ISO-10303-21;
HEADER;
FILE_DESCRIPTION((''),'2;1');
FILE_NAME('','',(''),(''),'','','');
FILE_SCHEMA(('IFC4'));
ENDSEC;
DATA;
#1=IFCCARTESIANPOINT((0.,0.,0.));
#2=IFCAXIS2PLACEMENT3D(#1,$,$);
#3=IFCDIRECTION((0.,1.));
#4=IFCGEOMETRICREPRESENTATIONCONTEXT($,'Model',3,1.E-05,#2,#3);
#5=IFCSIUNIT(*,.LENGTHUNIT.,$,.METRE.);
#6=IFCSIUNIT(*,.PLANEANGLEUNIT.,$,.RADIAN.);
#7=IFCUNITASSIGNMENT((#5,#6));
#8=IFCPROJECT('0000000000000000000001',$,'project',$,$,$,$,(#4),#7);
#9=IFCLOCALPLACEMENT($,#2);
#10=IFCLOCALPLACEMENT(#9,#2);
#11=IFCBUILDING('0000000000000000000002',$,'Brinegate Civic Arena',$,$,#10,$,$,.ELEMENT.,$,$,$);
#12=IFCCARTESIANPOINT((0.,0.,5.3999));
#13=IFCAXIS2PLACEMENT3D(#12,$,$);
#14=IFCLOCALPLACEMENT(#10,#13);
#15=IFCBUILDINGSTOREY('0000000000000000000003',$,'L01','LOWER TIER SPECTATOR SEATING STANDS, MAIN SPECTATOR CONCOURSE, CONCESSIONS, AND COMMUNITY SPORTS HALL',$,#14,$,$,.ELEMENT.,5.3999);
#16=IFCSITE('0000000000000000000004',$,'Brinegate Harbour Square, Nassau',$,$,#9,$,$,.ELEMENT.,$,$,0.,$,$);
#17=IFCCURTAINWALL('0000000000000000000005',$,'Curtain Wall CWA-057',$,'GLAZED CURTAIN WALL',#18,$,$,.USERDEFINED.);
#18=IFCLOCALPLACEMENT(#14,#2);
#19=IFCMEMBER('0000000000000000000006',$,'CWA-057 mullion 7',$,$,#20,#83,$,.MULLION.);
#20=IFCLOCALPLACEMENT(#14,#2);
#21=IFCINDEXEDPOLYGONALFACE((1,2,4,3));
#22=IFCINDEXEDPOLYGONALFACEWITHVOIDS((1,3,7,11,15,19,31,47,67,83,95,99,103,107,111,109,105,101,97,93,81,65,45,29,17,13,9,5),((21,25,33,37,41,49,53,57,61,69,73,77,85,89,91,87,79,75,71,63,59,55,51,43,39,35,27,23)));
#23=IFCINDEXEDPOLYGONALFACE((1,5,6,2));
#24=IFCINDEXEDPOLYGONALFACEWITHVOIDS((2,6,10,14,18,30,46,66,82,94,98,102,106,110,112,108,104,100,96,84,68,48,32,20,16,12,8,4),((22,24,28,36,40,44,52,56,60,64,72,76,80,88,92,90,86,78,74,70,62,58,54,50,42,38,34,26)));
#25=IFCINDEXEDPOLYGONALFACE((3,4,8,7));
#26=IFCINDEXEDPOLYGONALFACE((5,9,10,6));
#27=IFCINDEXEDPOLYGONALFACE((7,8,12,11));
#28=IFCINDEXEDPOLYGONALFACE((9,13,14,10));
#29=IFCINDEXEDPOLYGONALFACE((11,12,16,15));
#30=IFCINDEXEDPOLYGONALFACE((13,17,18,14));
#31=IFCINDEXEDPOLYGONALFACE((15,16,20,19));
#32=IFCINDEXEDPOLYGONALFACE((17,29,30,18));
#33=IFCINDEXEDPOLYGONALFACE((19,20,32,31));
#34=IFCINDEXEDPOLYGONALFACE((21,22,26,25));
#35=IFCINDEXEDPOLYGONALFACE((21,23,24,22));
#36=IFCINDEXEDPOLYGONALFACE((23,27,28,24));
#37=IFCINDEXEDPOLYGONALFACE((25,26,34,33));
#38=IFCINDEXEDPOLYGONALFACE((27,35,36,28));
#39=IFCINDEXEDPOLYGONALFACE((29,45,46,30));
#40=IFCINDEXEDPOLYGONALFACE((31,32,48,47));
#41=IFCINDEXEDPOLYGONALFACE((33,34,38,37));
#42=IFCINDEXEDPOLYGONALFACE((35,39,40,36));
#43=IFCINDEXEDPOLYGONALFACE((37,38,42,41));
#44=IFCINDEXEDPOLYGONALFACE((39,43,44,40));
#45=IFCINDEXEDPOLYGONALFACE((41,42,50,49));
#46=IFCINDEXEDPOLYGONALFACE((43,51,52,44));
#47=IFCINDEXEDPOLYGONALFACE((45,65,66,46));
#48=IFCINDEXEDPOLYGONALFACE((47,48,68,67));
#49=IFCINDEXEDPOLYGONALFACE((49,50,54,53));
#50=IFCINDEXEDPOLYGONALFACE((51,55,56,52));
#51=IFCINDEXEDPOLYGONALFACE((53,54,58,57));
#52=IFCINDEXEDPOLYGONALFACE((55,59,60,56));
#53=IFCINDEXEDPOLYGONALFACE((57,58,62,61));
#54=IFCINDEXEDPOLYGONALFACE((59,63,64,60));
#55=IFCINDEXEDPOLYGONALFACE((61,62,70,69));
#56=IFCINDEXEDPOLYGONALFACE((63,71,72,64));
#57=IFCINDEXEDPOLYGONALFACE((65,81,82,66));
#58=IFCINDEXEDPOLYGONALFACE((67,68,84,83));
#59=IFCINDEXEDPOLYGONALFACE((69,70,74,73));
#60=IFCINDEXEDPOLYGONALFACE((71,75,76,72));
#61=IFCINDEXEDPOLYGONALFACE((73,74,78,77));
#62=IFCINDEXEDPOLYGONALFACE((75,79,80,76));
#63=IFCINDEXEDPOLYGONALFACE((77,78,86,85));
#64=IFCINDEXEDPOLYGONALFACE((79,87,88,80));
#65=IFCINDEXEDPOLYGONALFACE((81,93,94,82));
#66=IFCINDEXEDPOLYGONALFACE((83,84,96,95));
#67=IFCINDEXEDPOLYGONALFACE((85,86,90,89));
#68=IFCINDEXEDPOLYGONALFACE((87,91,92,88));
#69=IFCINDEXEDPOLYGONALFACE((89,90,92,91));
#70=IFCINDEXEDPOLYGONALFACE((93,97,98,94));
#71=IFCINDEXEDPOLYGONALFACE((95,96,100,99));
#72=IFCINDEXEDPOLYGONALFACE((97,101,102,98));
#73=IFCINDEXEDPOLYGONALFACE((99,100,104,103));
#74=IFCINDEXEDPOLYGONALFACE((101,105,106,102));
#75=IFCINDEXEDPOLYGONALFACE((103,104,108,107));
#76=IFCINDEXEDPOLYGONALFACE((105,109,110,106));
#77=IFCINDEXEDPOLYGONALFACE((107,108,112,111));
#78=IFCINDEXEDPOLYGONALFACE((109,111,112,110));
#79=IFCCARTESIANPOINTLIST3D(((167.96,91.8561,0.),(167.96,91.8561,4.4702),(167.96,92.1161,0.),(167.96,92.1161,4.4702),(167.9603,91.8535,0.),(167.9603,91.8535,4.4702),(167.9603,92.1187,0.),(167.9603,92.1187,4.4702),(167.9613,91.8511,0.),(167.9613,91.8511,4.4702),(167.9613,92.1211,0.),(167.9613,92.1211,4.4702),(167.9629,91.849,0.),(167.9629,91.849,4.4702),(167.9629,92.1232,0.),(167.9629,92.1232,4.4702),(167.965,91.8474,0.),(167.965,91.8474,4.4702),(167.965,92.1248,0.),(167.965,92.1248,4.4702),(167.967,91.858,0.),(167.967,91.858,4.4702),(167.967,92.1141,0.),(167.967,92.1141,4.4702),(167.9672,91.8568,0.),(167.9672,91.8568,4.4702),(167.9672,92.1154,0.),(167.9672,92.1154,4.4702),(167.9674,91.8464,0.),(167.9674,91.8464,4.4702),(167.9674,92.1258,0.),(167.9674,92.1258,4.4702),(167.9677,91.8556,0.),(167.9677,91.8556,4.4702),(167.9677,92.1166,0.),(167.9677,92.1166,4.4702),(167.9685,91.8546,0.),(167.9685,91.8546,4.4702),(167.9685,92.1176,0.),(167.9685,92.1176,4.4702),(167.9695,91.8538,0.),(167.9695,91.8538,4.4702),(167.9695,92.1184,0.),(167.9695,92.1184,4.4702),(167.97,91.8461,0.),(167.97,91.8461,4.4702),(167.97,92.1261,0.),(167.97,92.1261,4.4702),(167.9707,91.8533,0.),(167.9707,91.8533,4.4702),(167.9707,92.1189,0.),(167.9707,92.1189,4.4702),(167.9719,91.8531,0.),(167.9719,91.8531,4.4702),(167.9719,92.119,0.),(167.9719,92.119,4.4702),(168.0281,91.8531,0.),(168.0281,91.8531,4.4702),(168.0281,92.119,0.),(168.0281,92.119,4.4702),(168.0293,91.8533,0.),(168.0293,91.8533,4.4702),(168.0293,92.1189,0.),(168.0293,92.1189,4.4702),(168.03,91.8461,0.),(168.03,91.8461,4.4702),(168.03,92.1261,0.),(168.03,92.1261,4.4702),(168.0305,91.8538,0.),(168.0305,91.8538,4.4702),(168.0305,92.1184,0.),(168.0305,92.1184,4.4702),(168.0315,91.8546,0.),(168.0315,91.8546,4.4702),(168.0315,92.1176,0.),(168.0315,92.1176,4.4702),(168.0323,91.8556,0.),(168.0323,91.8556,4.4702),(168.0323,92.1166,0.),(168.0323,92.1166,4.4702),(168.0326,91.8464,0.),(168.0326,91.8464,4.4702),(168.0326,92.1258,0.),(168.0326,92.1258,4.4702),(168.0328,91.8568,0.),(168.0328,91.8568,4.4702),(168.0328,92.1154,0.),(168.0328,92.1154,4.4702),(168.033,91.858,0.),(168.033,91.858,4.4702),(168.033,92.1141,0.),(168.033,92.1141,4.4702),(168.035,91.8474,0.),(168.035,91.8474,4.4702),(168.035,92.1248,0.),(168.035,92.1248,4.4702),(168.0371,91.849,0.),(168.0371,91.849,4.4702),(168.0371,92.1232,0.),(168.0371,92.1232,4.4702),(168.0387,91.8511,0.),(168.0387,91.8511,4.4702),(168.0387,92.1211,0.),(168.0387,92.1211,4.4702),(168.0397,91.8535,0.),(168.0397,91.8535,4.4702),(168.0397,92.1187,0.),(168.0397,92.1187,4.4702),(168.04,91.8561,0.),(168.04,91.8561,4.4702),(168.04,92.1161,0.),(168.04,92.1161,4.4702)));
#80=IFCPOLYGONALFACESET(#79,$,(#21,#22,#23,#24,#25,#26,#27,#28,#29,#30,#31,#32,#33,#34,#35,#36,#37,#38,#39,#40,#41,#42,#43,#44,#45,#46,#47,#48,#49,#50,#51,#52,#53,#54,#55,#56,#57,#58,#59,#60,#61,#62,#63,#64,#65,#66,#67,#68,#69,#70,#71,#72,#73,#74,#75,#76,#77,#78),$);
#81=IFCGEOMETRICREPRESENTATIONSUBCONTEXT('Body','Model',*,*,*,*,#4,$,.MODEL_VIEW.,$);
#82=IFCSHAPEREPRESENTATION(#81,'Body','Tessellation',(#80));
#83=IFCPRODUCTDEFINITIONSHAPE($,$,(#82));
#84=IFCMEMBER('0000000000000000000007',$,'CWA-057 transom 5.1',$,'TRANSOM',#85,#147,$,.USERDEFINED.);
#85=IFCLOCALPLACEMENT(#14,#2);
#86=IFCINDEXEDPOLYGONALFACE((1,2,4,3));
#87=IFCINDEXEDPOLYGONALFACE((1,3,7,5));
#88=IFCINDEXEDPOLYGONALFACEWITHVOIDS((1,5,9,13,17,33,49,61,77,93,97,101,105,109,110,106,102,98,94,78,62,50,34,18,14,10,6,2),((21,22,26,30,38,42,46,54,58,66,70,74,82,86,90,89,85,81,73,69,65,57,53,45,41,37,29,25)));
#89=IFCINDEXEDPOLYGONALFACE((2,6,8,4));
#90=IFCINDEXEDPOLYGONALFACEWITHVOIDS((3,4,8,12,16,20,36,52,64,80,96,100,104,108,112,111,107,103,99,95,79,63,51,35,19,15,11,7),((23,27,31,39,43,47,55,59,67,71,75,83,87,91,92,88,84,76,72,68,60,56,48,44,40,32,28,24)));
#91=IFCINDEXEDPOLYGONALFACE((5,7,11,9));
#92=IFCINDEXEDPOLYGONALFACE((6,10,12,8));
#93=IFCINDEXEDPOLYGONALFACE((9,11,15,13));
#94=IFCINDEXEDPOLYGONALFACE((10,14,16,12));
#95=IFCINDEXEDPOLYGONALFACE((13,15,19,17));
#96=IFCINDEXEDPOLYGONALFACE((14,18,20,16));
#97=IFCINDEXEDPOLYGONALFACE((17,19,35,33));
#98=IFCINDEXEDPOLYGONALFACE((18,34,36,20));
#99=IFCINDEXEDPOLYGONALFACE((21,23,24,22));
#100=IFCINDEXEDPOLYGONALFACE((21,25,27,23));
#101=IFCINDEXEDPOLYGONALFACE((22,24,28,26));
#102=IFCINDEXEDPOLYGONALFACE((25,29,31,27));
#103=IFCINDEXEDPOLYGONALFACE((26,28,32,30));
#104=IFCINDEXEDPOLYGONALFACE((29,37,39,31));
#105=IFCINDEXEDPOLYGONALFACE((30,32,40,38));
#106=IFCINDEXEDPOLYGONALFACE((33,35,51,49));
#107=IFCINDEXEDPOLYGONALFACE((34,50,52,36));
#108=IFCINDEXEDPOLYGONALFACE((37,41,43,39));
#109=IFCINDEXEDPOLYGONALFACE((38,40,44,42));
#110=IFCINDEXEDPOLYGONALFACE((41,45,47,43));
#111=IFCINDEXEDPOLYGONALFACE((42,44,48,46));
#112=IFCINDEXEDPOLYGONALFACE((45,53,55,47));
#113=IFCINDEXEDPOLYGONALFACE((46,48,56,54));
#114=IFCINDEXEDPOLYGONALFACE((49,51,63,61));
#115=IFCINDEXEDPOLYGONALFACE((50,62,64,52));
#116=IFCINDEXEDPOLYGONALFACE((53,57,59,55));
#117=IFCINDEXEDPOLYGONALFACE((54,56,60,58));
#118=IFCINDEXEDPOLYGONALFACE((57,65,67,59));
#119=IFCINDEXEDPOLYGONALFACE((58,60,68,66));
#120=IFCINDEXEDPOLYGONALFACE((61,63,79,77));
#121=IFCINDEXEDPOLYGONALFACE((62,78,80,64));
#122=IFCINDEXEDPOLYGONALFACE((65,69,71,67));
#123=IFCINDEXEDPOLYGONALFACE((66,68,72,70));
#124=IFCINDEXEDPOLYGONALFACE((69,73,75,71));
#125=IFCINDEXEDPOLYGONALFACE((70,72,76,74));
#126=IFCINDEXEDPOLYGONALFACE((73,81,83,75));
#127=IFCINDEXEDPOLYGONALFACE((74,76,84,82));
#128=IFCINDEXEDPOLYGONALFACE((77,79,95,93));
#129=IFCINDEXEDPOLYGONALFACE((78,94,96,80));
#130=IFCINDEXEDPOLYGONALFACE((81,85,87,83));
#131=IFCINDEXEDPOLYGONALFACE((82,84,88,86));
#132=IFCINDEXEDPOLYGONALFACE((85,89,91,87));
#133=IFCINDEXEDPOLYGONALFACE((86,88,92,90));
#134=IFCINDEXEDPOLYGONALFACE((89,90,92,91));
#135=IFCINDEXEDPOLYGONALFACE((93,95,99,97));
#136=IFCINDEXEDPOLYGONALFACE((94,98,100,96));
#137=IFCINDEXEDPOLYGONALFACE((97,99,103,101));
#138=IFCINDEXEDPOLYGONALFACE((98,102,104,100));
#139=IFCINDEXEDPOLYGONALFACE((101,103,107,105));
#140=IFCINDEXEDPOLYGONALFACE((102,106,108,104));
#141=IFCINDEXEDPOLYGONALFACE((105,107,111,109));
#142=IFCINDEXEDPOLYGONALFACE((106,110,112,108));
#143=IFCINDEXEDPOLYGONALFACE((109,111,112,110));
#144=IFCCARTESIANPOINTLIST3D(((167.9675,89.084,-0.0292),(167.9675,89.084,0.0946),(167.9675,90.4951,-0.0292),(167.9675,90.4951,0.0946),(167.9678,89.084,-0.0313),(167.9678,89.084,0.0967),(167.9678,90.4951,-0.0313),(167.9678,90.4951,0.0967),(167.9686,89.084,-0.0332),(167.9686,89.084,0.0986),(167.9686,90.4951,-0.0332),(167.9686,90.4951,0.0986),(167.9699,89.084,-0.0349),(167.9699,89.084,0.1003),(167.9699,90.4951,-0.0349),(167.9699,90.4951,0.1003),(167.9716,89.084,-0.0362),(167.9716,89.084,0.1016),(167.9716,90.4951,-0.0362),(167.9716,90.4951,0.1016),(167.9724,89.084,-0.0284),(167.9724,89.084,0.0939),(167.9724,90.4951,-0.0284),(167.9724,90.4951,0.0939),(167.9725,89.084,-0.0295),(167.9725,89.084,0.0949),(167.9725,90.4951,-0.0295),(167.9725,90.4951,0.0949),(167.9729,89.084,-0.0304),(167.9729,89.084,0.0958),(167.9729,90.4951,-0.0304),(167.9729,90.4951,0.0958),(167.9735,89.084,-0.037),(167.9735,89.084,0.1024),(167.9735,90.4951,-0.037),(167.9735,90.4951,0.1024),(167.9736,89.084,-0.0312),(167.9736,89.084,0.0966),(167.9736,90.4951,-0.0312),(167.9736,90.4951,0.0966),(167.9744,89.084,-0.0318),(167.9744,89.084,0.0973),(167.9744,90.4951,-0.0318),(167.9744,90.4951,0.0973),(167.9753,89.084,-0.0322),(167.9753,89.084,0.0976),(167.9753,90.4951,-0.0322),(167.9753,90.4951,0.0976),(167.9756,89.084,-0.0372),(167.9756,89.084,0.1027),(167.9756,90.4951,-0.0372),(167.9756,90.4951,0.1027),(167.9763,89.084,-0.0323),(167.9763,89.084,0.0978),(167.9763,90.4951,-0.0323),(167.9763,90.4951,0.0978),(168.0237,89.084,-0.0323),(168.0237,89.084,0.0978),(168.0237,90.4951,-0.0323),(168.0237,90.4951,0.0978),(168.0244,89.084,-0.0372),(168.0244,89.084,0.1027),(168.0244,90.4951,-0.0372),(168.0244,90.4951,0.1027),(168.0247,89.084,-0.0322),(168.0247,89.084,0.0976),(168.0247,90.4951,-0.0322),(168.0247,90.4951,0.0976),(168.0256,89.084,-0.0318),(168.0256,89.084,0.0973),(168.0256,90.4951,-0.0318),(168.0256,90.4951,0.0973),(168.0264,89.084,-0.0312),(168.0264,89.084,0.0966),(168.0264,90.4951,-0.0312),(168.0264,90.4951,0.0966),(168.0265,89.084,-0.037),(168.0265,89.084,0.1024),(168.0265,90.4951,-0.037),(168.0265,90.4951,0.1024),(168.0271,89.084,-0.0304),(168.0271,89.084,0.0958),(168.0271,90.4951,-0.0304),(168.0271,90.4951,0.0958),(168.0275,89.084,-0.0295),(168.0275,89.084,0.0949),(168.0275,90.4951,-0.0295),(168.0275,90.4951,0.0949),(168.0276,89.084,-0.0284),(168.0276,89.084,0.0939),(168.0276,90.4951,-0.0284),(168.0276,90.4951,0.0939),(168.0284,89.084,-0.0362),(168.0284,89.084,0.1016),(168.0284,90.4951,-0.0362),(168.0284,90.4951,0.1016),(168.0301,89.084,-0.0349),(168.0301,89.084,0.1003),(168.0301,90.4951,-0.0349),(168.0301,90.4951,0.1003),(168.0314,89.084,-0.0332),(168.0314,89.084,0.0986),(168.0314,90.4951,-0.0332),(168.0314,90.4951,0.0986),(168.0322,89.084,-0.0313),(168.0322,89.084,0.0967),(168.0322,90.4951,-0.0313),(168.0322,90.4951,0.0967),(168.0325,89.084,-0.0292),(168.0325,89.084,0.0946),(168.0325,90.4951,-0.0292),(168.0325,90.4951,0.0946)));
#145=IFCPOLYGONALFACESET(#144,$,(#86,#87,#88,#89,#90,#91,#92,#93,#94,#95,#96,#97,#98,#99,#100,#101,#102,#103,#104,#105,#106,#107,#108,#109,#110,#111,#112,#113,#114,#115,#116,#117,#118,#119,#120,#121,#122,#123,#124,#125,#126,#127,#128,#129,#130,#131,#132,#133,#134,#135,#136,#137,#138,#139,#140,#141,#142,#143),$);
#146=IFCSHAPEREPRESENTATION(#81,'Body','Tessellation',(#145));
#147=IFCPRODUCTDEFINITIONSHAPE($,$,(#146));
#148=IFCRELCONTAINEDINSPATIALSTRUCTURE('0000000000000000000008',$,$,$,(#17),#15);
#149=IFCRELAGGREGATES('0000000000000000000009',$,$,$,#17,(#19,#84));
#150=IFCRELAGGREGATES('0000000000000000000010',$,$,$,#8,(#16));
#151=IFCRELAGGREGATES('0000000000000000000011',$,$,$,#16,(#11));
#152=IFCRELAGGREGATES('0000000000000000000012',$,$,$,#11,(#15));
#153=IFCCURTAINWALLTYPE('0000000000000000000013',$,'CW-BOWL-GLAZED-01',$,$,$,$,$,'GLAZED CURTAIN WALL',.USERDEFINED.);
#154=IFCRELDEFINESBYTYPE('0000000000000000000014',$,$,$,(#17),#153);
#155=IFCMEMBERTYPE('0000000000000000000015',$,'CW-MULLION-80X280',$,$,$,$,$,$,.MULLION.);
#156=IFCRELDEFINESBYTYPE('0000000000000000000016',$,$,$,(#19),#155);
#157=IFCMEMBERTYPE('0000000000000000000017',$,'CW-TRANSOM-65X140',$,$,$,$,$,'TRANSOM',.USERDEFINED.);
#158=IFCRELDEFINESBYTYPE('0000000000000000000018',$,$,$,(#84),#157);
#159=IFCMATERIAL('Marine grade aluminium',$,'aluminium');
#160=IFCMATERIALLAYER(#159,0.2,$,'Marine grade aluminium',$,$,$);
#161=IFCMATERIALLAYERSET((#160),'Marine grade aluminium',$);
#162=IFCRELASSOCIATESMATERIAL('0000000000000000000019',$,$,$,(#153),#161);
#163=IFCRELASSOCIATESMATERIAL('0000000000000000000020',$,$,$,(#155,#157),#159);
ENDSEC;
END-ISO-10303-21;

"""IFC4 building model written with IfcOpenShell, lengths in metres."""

from ifc_helpers import new_model, si_unit, direction, frame, origin, origin_2d, place, context, subcontext, project, spatial, hollow_rectangle, extrude, material, layer, layer_set, material_profile, profile_set, type_object, element, aggregate, save


model = new_model("IFC4")

# Units and contexts
model_context = context("Model", 3, precision=1e-05, world=origin(), true_north=direction((0.0, 1.0)))
body_context = subcontext(model_context, "Body", "Model", "MODEL_VIEW")
ifc_project = project(units=[si_unit("LENGTHUNIT", "METRE"), si_unit("PLANEANGLEUNIT", "RADIAN")], contexts=[model_context])

# Site, building, storey
site_placement = place(None, origin())
site = spatial("IfcSite", under=ifc_project, at=site_placement, Name="Brinegate Harbour Square, Nassau", CompositionType="ELEMENT", RefElevation=0.0)
building_placement = place(site_placement, origin())
building = spatial("IfcBuilding", under=site, at=building_placement, Name="Brinegate Civic Arena", CompositionType="ELEMENT")
storey_placement = place(building_placement, frame((0.0, 0.0, 5.3999)))
storey = spatial("IfcBuildingStorey", under=building, at=storey_placement, Name="L01", Description="LOWER TIER SPECTATOR SEATING STANDS, MAIN SPECTATOR CONCOURSE, CONCESSIONS, AND COMMUNITY SPORTS HALL", CompositionType="ELEMENT", Elevation=5.3999)

# Curtain wall, members
ifc_material_1 = material(Name="Marine grade aluminium", Category="aluminium")
ifc_layer_1 = layer(ifc_material_1, 0.2, Name="Marine grade aluminium")
ifc_layer_set_1 = layer_set([ifc_layer_1], Name="Marine grade aluminium")
curtain_wall_type = type_object("IfcCurtainWallType", Name="CW-BOWL-GLAZED-01", ElementType="GLAZED CURTAIN WALL", PredefinedType="USERDEFINED", material=ifc_layer_set_1)
curtain_wall_1_placement = place(storey_placement, origin())
curtain_wall_1 = element("IfcCurtainWall", 1, at=curtain_wall_1_placement, inside=storey, type_object=curtain_wall_type, Name="Curtain Wall CWA-057", ObjectType="GLAZED CURTAIN WALL", PredefinedType="USERDEFINED")
ifc_material_profile_1 = material_profile(ifc_material_1, hollow_rectangle(XDim=0.0801, YDim=0.28, WallThickness=0.0071, InnerFilletRadius=0.0049, OuterFilletRadius=0.01, at=origin_2d()), Name="MUL80X280")
ifc_profile_set_1 = profile_set([ifc_material_profile_1], Name="Marine grade aluminium")
member_type_1 = type_object("IfcMemberType", Name="CW-MULLION-80X280", PredefinedType="MULLION", material=ifc_profile_set_1)
member_1_placement = place(storey_placement, frame((168.0, 91.9861, 0.0), z_axis=(0.0, 0.0, 1.0), x_axis=(-1.0, 0.0, 0.0)))
member_1 = element("IfcMember", 2, at=member_1_placement, type_object=member_type_1, Name="CWA-057 mullion 7", PredefinedType="MULLION", context=body_context, shape_type="SweptSolid", body=[
    extrude(hollow_rectangle(XDim=0.0801, YDim=0.28, WallThickness=0.0071, InnerFilletRadius=0.0049, OuterFilletRadius=0.01, at=origin_2d()), origin(), (0.0, 0.0, 1.0), 4.4702),
])
ifc_material_profile_2 = material_profile(ifc_material_1, hollow_rectangle(XDim=0.0649, YDim=0.1399, WallThickness=0.0049, InnerFilletRadius=0.0039, OuterFilletRadius=0.0081, at=origin_2d()), Name="TRN65X140")
ifc_profile_set_2 = profile_set([ifc_material_profile_2], Name="Marine grade aluminium")
member_type_2 = type_object("IfcMemberType", Name="CW-TRANSOM-65X140", ElementType="TRANSOM", PredefinedType="USERDEFINED", material=ifc_profile_set_2)
member_2_placement = place(storey_placement, frame((168.0, 89.084, 0.0327), z_axis=(0.0, 1.0, 0.0), x_axis=(-1.0, 0.0, 0.0)))
member_2 = element("IfcMember", 3, at=member_2_placement, type_object=member_type_2, Name="CWA-057 transom 5.1", ObjectType="TRANSOM", PredefinedType="USERDEFINED", context=body_context, shape_type="SweptSolid", body=[
    extrude(hollow_rectangle(XDim=0.0649, YDim=0.1399, WallThickness=0.0049, InnerFilletRadius=0.0039, OuterFilletRadius=0.0081, at=origin_2d()), origin(), (0.0, 0.0, 1.0), 1.4111),
])

aggregate(curtain_wall_1, [member_1, member_2])

save(model, "model.ifc")
